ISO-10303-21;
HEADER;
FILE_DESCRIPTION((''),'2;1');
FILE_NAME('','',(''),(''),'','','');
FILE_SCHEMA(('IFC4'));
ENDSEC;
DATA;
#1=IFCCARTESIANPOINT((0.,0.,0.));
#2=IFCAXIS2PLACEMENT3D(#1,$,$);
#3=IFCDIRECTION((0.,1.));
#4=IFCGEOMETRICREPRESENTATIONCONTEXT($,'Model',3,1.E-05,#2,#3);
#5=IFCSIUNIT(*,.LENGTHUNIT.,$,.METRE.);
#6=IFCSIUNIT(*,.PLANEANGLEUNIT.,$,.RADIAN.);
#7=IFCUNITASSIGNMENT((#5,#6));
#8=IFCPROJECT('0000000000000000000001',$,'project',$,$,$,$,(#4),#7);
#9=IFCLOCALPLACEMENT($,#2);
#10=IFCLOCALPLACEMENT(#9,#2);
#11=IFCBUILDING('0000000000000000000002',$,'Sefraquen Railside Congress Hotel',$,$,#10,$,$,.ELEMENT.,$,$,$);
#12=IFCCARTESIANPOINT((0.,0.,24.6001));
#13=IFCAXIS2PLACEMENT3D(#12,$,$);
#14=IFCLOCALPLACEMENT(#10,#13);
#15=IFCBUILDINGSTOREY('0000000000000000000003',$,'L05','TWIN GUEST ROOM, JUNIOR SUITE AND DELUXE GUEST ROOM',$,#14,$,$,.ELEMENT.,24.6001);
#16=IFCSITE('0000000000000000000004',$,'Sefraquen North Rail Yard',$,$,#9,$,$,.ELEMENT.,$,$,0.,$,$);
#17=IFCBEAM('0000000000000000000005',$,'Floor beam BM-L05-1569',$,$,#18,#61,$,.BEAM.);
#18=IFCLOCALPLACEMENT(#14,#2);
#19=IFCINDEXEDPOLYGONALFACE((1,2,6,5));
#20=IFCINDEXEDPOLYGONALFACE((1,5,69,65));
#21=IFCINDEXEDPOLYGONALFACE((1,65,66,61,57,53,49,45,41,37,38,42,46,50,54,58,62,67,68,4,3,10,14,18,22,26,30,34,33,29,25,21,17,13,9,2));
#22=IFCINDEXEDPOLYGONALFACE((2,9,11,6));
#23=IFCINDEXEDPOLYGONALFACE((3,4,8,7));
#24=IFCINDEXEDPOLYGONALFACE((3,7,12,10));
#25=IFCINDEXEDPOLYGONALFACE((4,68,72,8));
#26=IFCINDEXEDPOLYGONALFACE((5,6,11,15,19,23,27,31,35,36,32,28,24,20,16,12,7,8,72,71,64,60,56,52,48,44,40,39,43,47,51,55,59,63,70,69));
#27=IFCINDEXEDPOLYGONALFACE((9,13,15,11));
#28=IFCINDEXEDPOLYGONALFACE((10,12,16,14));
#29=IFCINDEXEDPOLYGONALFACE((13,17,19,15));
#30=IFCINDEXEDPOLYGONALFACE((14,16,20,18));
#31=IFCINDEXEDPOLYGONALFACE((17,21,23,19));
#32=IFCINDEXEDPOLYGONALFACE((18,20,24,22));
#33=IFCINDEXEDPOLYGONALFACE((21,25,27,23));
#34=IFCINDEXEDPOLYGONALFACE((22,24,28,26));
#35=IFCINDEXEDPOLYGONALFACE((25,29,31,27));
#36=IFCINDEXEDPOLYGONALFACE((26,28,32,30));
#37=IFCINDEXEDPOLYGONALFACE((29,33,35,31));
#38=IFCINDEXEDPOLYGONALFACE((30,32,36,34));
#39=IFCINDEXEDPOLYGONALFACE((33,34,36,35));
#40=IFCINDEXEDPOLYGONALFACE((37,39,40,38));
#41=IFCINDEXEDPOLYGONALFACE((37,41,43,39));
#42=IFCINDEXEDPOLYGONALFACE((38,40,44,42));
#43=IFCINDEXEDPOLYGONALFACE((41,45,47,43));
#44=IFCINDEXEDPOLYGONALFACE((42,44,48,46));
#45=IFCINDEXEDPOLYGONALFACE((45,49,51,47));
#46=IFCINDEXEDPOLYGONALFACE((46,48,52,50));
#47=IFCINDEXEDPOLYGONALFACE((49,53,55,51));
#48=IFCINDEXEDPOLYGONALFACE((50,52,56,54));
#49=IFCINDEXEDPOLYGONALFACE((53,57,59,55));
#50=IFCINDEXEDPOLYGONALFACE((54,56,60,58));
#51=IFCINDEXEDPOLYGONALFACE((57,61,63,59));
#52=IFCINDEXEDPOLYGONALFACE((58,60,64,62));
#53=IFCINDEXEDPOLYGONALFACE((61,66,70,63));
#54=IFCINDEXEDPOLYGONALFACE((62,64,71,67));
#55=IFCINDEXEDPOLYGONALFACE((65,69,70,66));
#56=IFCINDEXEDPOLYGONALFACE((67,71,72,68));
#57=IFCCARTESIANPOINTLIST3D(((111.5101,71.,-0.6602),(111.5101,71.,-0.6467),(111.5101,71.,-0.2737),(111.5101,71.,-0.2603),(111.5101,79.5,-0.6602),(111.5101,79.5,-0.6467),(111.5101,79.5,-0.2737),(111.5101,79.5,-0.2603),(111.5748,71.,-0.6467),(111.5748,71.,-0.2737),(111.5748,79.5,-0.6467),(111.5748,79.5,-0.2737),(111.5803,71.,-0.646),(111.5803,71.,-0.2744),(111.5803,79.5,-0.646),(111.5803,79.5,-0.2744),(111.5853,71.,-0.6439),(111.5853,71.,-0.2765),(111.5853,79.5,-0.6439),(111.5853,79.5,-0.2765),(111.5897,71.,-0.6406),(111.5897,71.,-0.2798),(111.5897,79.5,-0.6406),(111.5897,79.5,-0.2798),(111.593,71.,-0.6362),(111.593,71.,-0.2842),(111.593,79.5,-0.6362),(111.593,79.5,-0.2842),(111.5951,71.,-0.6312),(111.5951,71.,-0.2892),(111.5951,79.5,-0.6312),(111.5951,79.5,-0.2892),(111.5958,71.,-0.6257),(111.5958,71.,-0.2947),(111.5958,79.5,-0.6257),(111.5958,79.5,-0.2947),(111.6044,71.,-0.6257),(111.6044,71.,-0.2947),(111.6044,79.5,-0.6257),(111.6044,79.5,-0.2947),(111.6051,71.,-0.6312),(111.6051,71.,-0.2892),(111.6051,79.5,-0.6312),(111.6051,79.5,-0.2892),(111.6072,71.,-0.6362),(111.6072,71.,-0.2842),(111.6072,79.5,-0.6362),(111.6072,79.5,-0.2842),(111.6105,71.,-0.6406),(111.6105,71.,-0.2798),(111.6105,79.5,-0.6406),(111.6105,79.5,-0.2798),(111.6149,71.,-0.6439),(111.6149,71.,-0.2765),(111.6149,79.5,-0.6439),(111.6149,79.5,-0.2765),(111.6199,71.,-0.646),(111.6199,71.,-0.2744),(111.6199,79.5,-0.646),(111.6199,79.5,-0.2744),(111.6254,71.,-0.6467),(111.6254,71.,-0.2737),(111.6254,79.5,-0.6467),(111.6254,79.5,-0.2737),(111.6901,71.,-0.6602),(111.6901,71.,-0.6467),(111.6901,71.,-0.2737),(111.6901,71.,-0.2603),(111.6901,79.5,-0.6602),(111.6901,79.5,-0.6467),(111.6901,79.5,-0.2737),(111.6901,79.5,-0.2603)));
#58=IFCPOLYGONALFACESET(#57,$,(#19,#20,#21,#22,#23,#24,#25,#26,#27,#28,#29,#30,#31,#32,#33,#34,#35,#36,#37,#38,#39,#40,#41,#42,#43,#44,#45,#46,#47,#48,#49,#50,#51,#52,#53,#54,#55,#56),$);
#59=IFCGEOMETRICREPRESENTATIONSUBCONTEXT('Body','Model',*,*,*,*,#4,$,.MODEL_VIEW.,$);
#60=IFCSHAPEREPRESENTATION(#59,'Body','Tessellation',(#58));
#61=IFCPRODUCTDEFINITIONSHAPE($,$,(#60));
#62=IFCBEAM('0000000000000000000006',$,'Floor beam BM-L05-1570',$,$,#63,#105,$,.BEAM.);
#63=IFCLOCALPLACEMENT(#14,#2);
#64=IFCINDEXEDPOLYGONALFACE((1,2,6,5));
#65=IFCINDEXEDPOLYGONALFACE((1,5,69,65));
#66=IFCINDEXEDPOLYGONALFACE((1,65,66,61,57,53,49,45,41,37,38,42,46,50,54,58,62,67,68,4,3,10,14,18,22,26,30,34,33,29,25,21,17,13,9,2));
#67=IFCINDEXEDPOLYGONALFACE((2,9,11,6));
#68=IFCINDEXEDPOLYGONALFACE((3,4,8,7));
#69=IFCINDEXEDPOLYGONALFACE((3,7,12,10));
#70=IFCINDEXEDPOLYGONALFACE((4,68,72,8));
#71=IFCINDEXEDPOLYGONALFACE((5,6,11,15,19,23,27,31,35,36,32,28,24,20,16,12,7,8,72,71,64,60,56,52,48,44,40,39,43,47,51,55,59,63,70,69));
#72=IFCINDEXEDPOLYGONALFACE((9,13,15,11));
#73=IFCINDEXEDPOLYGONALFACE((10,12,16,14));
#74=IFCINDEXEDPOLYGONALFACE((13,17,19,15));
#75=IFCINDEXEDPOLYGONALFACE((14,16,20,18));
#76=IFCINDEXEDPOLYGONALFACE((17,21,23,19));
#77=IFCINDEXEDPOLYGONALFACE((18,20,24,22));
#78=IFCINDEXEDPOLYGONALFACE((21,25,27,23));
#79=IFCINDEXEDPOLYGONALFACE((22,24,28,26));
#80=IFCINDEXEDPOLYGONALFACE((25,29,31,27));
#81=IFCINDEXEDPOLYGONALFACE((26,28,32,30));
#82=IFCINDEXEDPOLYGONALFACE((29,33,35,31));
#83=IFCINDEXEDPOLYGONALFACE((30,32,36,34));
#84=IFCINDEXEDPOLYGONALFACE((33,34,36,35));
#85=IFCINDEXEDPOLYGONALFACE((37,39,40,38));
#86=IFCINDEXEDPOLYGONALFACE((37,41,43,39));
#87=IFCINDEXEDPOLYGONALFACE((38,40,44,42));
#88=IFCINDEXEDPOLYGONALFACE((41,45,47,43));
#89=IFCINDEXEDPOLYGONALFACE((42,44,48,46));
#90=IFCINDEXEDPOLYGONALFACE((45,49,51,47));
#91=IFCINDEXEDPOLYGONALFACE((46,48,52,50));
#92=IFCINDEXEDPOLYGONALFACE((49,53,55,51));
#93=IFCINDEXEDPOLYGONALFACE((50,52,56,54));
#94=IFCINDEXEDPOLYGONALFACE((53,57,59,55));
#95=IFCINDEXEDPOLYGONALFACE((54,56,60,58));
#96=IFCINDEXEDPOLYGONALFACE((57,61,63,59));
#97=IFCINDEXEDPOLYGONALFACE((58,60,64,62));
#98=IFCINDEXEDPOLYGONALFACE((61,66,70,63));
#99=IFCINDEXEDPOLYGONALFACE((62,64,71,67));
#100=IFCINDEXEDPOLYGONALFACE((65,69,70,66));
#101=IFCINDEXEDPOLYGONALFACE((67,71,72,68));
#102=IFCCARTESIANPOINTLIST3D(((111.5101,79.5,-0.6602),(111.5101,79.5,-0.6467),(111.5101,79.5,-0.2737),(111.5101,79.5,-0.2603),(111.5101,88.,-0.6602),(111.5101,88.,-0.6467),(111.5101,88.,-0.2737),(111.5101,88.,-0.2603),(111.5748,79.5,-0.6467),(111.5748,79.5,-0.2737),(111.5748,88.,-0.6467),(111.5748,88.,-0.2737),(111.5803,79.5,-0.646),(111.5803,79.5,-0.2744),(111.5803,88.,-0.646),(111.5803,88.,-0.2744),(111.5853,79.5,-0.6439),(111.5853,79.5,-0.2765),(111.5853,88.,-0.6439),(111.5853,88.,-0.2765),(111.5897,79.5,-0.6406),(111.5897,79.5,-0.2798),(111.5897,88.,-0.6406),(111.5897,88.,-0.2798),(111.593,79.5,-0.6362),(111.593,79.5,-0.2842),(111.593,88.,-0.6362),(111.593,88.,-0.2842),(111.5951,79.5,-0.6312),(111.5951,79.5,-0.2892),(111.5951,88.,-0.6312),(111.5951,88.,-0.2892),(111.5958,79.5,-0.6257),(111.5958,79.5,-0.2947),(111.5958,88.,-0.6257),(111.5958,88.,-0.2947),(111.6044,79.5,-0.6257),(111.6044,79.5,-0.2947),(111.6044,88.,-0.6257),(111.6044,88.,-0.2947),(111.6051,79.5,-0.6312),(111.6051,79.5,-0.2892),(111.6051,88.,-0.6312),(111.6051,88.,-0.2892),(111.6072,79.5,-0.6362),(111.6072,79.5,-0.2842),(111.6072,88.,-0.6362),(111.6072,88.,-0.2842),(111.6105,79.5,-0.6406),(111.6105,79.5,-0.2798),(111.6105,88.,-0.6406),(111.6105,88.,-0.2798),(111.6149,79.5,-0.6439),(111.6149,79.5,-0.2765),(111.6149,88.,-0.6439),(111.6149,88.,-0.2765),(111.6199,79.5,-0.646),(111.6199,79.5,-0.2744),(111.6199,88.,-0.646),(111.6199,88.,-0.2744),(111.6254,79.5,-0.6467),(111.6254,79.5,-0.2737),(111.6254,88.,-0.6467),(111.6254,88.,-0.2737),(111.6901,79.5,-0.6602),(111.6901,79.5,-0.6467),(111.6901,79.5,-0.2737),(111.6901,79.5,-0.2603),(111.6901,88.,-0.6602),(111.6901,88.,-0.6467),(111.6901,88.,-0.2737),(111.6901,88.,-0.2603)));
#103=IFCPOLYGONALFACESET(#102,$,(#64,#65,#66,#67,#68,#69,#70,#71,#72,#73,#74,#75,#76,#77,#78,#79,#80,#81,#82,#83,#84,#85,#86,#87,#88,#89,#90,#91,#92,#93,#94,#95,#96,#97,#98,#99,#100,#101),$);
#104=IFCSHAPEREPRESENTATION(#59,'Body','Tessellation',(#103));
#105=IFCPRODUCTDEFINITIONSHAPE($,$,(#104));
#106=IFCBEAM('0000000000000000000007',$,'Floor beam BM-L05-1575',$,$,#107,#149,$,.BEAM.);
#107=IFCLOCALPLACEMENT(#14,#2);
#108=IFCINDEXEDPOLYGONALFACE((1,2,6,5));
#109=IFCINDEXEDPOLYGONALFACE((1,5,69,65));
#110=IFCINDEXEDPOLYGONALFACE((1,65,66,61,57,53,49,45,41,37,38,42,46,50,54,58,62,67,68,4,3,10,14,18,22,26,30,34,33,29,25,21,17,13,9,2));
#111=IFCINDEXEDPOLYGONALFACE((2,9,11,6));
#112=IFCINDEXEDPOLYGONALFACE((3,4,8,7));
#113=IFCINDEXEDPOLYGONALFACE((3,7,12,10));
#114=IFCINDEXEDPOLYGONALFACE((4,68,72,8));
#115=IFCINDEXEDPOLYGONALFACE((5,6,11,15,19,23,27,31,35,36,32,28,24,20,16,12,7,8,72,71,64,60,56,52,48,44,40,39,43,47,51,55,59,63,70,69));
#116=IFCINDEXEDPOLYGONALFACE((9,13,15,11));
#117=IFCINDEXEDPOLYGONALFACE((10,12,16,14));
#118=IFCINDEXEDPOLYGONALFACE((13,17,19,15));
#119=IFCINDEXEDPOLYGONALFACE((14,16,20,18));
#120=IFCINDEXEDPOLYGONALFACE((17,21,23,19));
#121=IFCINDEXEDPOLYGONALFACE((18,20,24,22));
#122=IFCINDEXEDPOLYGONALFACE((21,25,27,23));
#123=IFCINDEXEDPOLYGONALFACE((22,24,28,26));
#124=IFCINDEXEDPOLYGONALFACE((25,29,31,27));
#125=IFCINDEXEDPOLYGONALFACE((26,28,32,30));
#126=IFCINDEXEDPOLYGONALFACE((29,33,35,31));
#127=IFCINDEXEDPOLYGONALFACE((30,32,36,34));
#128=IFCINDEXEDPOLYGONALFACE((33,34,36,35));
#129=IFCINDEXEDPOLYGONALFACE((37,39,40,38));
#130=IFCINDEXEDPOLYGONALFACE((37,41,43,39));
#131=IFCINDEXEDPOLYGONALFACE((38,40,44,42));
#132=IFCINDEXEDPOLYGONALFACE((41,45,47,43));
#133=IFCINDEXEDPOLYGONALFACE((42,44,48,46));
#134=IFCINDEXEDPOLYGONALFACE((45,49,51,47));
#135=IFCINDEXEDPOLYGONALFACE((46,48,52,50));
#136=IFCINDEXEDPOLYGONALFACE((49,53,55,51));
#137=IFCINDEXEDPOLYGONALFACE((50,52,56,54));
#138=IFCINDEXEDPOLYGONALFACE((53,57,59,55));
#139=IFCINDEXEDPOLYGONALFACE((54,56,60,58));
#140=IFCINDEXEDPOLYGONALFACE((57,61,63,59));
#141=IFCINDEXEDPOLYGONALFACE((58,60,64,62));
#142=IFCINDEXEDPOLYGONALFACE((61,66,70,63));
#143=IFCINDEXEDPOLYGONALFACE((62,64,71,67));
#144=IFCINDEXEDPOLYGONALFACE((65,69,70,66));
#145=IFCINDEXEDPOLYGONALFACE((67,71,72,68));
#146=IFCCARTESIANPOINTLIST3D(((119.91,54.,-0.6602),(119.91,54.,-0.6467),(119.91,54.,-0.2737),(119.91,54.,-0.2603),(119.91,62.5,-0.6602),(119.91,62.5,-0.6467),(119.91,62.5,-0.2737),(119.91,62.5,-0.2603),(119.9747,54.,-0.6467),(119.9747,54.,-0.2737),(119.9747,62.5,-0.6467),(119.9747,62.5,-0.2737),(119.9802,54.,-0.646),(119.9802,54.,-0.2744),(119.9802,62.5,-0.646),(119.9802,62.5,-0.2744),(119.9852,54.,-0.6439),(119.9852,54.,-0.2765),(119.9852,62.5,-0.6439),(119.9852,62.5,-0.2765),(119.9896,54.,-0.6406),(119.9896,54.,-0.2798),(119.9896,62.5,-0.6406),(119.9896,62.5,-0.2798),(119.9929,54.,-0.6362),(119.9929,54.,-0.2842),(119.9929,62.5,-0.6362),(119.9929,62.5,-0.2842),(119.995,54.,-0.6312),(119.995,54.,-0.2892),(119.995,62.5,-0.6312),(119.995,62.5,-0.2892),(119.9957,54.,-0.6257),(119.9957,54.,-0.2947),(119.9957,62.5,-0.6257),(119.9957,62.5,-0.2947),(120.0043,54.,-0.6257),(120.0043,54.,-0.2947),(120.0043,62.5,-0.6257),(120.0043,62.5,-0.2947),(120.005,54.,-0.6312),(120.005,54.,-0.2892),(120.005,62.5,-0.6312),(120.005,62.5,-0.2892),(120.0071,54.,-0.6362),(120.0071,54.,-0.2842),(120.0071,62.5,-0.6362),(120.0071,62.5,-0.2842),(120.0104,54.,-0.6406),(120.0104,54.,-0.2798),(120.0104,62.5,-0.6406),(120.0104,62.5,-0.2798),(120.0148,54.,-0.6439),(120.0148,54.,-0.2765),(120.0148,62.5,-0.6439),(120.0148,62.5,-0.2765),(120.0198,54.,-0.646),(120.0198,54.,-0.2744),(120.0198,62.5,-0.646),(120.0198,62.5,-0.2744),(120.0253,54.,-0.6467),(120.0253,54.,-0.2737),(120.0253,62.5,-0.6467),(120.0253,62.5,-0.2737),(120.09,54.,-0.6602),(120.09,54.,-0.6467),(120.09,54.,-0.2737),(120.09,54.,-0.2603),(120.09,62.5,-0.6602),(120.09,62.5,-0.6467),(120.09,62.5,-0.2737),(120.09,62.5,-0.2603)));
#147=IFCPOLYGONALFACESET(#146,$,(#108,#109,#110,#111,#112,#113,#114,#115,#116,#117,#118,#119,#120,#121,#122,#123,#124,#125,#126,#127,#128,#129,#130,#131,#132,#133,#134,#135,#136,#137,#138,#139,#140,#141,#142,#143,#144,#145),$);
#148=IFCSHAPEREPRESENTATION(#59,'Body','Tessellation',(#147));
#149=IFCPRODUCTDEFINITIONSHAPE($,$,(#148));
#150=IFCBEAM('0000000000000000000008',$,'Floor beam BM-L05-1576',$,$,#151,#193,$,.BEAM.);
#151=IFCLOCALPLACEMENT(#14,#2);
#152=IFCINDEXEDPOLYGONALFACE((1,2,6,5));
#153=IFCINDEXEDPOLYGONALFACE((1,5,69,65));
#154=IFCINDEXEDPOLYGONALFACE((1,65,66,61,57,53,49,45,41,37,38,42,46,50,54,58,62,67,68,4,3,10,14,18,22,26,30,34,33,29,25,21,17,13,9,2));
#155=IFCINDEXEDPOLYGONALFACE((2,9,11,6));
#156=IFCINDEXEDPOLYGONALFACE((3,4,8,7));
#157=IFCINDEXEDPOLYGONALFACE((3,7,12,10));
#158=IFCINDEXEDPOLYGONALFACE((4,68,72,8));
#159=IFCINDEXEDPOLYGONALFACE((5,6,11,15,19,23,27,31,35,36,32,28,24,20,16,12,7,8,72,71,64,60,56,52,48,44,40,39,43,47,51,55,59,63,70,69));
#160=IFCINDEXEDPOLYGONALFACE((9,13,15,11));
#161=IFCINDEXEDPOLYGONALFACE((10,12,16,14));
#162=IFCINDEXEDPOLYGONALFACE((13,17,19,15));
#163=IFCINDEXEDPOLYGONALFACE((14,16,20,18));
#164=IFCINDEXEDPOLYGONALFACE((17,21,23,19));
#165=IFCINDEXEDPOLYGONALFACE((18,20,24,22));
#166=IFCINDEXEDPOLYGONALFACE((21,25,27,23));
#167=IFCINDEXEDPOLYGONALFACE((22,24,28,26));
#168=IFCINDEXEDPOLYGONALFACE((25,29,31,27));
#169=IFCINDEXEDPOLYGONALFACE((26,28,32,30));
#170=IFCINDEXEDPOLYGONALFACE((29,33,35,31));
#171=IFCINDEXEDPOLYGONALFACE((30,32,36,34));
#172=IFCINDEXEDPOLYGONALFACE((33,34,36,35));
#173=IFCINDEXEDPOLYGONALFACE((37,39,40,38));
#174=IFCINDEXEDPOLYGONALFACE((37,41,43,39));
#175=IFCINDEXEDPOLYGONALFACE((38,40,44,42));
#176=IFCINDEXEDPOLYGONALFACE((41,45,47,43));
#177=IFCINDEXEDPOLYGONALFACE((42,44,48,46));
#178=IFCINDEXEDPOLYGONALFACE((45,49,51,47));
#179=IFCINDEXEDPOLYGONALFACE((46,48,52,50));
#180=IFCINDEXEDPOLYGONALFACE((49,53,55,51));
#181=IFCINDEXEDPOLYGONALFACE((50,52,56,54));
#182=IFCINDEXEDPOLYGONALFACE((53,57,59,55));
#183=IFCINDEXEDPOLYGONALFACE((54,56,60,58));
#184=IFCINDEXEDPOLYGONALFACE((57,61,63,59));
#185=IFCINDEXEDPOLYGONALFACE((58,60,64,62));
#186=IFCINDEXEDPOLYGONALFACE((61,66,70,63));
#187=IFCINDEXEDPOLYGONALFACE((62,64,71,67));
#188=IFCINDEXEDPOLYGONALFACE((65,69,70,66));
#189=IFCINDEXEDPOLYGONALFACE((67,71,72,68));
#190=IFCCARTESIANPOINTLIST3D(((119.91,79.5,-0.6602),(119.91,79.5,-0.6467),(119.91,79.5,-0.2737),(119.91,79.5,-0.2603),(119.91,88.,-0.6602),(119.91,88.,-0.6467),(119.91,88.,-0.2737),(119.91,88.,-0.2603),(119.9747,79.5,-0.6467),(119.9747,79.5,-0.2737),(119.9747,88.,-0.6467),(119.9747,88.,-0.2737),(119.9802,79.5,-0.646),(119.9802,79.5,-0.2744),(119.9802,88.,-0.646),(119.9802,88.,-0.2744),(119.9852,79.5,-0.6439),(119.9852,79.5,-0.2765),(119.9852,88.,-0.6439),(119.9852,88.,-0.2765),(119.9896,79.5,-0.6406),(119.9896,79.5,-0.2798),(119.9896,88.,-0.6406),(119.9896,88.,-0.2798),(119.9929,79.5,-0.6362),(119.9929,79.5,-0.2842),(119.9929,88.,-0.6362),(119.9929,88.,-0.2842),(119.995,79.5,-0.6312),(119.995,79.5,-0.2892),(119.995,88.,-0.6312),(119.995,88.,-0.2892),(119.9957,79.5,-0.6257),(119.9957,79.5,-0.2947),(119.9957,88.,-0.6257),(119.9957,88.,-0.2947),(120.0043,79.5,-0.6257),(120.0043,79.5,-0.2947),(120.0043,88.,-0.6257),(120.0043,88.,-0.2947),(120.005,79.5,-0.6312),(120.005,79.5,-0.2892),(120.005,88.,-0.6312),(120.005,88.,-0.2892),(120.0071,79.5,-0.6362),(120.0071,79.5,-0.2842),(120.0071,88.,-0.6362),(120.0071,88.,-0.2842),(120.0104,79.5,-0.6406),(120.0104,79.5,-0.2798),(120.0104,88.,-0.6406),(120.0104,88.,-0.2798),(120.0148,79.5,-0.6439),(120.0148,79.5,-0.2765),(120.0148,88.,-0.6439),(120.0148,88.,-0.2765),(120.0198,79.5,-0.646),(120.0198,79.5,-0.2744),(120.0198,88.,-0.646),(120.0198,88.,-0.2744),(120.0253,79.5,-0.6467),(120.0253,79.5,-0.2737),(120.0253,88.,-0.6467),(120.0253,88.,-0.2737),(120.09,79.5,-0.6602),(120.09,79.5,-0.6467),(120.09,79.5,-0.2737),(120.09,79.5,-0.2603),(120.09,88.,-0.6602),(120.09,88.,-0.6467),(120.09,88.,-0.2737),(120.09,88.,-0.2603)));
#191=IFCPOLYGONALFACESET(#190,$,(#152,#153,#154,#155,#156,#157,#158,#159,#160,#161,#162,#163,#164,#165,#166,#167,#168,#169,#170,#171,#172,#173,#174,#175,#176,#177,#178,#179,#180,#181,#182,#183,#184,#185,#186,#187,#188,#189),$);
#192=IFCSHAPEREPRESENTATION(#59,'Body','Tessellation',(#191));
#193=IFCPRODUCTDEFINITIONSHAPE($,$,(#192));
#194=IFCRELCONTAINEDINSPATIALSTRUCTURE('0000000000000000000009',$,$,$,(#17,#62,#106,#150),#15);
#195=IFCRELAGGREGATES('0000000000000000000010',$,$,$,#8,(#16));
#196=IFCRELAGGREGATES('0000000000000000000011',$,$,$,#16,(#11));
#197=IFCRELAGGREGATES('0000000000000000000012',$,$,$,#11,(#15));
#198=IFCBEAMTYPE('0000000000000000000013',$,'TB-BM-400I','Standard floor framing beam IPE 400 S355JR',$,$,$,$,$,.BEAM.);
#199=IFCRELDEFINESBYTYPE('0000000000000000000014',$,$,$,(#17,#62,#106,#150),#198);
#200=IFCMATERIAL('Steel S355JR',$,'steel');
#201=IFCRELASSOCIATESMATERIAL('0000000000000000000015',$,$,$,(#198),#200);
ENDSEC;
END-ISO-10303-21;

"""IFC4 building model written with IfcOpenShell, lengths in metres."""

from ifc_helpers import new_model, si_unit, direction, frame, origin, origin_2d, place, context, subcontext, project, spatial, i_section, extrude, material, material_profile, profile_set, type_object, element, save


model = new_model("IFC4")

# Units and contexts
model_context = context("Model", 3, precision=1e-05, world=origin(), true_north=direction((0.0, 1.0)))
body_context = subcontext(model_context, "Body", "Model", "MODEL_VIEW")
ifc_project = project(units=[si_unit("LENGTHUNIT", "METRE"), si_unit("PLANEANGLEUNIT", "RADIAN")], contexts=[model_context])

# Site, building, storey
site_placement = place(None, origin())
site = spatial("IfcSite", under=ifc_project, at=site_placement, Name="Sefraquen North Rail Yard", CompositionType="ELEMENT", RefElevation=0.0)
building_placement = place(site_placement, origin())
building = spatial("IfcBuilding", under=site, at=building_placement, Name="Sefraquen Railside Congress Hotel", CompositionType="ELEMENT")
storey_placement = place(building_placement, frame((0.0, 0.0, 24.6001)))
storey = spatial("IfcBuildingStorey", under=building, at=storey_placement, Name="L05", Description="TWIN GUEST ROOM, JUNIOR SUITE AND DELUXE GUEST ROOM", CompositionType="ELEMENT", Elevation=24.6001)

# Beams
ifc_material_1 = material(Name="Steel S355JR", Category="steel")
ifc_material_profile_1 = material_profile(ifc_material_1, i_section(OverallWidth=0.1799, OverallDepth=0.3999, WebThickness=0.0085, FlangeThickness=0.0134, FilletRadius=0.021, at=origin_2d()), Name="IPE 400")
ifc_profile_set_1 = profile_set([ifc_material_profile_1], Name="Steel S355JR")
beam_type_1 = type_object("IfcBeamType", Name="TB-BM-400I", Description="Standard floor framing beam IPE 400 S355JR", PredefinedType="BEAM", material=ifc_profile_set_1)
for number, where, z_axis, x_axis, name in (
    (1, (111.6001, 71.0, -0.4602), (0.0, 1.0, 0.0), (-1.0, 0.0, 0.0), "Floor beam BM-L05-1569"),
    (2, (111.6001, 79.5, -0.4602), (0.0, 1.0, 0.0), (-1.0, 0.0, 0.0), "Floor beam BM-L05-1570"),
    (3, (120.0, 54.0, -0.4602), (0.0, 1.0, 0.0), (-1.0, 0.0, 0.0), "Floor beam BM-L05-1575"),
    (4, (120.0, 79.5, -0.4602), (0.0, 1.0, 0.0), (-1.0, 0.0, 0.0), "Floor beam BM-L05-1576"),
):
    element("IfcBeam", number, at=place(storey_placement, frame(where, z_axis=z_axis, x_axis=x_axis)), inside=storey, type_object=beam_type_1, Name=name, PredefinedType="BEAM", context=body_context, shape_type="SweptSolid", body=[
        extrude(i_section(OverallWidth=0.1799, OverallDepth=0.3999, WebThickness=0.0085, FlangeThickness=0.0134, FilletRadius=0.021, at=origin_2d()), origin(), (0.0, 0.0, 1.0), 8.5),
    ])

save(model, "model.ifc")
